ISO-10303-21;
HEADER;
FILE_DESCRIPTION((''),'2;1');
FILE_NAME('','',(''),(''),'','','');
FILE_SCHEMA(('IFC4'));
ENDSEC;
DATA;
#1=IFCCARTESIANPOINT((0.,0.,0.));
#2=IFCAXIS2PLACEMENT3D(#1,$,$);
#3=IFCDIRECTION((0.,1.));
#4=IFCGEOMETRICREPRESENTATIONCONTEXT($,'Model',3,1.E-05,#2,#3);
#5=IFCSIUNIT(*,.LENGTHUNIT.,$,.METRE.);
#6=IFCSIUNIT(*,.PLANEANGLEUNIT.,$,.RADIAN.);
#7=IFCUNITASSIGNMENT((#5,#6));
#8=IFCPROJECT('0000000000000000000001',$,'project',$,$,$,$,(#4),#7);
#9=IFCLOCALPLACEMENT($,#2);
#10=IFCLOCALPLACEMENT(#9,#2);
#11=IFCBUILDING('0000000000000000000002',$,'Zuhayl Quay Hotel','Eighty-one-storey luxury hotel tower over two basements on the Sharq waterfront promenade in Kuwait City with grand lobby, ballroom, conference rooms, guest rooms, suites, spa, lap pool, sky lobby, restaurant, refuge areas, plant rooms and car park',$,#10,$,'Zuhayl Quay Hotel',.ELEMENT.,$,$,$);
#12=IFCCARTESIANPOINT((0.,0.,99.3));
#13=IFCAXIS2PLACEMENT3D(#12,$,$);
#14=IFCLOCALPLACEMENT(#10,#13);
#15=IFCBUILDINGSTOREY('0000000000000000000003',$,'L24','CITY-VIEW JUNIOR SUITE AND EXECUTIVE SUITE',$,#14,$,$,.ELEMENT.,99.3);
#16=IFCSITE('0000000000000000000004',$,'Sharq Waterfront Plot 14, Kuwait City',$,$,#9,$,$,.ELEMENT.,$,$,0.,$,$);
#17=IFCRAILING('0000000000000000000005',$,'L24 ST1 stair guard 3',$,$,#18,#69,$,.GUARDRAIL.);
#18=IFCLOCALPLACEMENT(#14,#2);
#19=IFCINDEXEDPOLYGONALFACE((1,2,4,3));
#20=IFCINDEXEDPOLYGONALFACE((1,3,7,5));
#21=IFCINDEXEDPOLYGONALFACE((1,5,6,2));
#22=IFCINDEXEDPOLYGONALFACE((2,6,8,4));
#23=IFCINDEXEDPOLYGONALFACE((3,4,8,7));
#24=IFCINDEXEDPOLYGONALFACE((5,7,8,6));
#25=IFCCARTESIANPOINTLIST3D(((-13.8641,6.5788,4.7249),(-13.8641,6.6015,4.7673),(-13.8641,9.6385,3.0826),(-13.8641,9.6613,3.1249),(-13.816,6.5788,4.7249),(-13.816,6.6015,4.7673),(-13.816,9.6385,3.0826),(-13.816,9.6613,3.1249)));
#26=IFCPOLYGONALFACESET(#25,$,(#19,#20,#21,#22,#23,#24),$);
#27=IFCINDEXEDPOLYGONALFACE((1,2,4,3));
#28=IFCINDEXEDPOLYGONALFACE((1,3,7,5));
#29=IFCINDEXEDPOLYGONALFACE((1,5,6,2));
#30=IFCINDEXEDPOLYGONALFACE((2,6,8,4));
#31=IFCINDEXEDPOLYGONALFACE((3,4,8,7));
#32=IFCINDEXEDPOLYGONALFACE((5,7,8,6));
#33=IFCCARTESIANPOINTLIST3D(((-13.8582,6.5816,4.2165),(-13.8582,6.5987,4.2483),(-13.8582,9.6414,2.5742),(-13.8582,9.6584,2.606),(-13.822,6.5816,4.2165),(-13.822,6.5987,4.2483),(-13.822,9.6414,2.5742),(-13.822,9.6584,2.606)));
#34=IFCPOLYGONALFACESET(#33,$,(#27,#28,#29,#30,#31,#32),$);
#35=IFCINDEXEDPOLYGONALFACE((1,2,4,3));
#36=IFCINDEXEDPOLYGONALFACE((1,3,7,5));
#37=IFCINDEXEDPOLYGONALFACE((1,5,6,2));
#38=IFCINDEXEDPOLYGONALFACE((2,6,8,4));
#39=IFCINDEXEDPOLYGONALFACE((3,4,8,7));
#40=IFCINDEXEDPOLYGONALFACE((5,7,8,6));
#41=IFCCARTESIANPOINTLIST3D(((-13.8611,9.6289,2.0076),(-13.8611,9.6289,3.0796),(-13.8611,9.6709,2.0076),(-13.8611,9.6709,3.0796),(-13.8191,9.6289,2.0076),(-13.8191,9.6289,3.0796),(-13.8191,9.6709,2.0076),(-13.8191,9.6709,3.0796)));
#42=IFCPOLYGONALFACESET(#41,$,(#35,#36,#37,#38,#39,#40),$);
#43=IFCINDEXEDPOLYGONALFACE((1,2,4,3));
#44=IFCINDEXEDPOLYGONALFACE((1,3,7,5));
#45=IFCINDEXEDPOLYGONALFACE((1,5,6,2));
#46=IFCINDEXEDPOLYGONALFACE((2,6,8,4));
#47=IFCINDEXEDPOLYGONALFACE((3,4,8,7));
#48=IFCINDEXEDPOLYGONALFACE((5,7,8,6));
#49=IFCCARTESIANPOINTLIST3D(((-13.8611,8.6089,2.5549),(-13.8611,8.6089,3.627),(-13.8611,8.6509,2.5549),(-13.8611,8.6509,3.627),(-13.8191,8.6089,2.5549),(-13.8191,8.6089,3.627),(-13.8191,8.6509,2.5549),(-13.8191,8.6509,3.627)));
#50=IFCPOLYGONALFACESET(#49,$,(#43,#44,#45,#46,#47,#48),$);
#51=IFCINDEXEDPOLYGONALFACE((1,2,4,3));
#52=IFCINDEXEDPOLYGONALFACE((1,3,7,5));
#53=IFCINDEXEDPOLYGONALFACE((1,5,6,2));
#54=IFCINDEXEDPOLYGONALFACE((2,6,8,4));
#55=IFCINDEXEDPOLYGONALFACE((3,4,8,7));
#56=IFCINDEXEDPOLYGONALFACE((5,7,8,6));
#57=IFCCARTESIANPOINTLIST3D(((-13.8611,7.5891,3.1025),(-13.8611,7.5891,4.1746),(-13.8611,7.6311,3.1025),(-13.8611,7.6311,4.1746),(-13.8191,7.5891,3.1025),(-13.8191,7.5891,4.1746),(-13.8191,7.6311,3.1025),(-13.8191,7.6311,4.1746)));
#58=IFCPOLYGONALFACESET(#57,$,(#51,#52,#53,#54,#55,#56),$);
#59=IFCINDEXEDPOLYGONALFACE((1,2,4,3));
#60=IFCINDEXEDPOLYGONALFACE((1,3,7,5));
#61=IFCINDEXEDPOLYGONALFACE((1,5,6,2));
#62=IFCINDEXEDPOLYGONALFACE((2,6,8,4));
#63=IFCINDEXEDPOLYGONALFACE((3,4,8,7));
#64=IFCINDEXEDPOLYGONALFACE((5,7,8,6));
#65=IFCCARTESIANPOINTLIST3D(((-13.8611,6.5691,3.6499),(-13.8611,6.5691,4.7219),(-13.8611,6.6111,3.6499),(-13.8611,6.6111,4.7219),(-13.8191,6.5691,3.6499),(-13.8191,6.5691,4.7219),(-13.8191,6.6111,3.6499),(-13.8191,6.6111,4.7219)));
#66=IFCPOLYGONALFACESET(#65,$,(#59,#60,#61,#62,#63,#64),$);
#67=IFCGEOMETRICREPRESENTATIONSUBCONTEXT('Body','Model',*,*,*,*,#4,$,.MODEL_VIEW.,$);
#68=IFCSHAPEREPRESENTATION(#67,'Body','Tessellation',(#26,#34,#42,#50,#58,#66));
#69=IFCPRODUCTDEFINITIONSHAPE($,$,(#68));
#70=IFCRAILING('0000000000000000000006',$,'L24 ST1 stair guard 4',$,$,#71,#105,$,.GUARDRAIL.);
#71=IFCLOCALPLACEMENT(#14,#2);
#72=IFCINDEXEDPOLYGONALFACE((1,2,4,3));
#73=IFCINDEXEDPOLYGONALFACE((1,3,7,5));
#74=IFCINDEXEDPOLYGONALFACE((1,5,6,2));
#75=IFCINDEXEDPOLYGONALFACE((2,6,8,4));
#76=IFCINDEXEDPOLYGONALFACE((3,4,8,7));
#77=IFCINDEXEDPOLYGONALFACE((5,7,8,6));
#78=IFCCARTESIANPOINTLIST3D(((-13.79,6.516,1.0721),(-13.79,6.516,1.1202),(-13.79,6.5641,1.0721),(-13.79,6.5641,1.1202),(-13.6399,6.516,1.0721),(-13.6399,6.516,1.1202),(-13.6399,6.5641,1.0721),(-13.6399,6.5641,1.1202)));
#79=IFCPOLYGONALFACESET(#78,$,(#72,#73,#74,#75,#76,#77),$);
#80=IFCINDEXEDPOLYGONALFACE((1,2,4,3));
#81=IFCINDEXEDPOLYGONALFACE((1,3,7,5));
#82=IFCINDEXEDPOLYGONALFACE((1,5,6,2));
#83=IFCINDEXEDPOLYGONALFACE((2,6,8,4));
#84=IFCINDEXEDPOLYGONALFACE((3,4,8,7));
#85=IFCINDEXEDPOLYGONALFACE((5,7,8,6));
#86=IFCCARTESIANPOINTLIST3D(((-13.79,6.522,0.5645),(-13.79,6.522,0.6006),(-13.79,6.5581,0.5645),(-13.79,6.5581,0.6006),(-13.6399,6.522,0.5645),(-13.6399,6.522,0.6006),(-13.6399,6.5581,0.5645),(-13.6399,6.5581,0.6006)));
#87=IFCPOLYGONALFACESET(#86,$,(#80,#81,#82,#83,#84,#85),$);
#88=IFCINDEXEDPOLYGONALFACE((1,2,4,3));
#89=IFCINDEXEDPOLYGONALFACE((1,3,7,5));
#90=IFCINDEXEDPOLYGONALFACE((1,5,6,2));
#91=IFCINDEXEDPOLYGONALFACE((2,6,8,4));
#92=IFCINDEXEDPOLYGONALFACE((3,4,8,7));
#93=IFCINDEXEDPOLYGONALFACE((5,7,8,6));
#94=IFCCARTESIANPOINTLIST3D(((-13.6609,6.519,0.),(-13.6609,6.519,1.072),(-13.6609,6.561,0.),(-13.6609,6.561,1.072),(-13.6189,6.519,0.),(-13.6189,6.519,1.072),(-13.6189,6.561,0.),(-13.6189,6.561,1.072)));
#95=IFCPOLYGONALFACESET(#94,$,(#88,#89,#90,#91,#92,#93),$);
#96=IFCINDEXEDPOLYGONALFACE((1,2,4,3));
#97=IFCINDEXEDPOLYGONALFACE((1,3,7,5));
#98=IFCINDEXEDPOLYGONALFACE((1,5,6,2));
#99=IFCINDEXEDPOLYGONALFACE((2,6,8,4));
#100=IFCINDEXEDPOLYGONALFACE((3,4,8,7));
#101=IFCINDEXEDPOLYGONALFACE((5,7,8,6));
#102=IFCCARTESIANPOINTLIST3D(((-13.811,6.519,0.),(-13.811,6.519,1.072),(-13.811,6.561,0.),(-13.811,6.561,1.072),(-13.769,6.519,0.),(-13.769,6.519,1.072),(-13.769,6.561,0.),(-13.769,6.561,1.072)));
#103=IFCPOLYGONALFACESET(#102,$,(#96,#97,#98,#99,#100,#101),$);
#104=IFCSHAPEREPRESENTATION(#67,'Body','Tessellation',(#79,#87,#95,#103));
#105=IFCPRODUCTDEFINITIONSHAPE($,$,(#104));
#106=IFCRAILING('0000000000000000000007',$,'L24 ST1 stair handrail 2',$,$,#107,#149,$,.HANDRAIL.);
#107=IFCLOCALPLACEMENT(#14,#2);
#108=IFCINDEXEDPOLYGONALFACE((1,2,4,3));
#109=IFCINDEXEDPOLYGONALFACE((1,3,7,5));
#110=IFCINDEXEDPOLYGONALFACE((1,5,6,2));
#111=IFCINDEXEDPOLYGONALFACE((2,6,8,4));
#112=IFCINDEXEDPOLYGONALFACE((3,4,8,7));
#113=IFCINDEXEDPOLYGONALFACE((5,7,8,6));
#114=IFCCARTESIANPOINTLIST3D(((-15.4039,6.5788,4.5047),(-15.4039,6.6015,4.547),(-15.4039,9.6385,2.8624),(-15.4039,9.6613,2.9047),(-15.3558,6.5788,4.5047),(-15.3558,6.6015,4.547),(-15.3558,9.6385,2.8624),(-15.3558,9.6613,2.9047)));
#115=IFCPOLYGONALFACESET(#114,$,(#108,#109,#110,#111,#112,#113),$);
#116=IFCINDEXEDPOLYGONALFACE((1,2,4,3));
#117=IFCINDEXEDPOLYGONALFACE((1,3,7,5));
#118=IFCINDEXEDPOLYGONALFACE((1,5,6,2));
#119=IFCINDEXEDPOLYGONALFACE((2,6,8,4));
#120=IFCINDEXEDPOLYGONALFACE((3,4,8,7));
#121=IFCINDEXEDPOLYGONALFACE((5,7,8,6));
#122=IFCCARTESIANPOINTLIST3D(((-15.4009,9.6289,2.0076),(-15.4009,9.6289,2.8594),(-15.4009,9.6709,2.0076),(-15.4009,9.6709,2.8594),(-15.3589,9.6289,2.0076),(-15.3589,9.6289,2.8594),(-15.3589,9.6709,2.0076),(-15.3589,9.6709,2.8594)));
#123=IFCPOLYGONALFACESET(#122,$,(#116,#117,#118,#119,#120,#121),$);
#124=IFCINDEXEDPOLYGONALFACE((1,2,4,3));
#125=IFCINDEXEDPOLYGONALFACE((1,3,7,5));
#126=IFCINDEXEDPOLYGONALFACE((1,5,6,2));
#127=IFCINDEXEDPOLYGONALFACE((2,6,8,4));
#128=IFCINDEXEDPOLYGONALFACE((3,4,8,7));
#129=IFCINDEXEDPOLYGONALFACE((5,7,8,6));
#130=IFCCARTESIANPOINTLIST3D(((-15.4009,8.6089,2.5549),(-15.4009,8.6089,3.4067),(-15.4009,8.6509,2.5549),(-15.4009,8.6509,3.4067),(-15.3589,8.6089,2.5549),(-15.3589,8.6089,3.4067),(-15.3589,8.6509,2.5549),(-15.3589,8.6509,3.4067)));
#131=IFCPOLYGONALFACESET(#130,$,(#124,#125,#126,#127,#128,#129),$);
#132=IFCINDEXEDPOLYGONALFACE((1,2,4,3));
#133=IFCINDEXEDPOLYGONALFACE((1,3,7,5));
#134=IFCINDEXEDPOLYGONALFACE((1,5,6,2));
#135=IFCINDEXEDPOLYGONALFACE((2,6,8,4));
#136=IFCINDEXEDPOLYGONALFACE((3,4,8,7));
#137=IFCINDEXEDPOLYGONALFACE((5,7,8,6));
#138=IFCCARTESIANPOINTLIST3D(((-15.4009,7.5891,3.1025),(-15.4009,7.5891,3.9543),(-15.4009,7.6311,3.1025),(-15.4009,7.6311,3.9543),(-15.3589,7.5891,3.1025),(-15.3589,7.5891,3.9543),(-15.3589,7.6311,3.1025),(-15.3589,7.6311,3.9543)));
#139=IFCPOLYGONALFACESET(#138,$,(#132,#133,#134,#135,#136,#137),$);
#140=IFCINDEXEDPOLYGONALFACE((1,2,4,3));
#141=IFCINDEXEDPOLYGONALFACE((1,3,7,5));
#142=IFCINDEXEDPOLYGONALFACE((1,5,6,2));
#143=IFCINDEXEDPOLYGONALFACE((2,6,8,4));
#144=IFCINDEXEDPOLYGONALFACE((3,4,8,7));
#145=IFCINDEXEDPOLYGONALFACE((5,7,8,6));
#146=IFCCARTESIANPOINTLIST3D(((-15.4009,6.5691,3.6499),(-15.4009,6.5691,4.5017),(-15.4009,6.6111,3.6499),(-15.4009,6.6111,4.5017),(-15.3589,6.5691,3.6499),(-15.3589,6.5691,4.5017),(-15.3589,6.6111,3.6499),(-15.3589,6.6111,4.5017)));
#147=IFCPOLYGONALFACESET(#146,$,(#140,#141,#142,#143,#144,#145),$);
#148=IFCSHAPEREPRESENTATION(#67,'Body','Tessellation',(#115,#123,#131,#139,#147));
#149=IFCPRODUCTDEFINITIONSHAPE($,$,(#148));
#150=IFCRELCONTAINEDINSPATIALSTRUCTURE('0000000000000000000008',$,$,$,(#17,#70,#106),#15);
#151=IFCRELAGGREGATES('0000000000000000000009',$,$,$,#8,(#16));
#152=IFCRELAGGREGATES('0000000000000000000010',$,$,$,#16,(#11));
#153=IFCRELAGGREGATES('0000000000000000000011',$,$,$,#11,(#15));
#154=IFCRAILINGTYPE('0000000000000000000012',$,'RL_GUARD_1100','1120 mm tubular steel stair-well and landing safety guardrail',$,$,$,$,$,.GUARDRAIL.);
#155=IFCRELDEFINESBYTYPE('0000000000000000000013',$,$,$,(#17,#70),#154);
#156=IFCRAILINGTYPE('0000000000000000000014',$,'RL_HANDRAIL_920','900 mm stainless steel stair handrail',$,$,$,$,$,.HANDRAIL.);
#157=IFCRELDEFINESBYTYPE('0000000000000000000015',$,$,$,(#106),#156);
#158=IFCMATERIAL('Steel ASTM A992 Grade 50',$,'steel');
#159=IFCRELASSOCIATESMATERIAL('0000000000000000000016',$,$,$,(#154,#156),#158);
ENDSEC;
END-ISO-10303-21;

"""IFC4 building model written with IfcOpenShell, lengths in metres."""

from ifc_helpers import new_model, si_unit, direction, frame, origin, origin_2d, place, context, subcontext, project, spatial, rectangle, extrude, material, type_object, element, save


model = new_model("IFC4")

# Units and contexts
model_context = context("Model", 3, precision=1e-05, world=origin(), true_north=direction((0.0, 1.0)))
body_context = subcontext(model_context, "Body", "Model", "MODEL_VIEW")
ifc_project = project(units=[si_unit("LENGTHUNIT", "METRE"), si_unit("PLANEANGLEUNIT", "RADIAN")], contexts=[model_context])

# Site, building, storey
site_placement = place(None, origin())
site = spatial("IfcSite", under=ifc_project, at=site_placement, Name="Sharq Waterfront Plot 14, Kuwait City", CompositionType="ELEMENT", RefElevation=0.0)
building_placement = place(site_placement, origin())
building = spatial("IfcBuilding", under=site, at=building_placement, Name="Zuhayl Quay Hotel", Description="Eighty-one-storey luxury hotel tower over two basements on the Sharq waterfront promenade in Kuwait City with grand lobby, ballroom, conference rooms, guest rooms, suites, spa, lap pool, sky lobby, restaurant, refuge areas, plant rooms and car park", LongName="Zuhayl Quay Hotel", CompositionType="ELEMENT")
storey_placement = place(building_placement, frame((0.0, 0.0, 99.3)))
storey = spatial("IfcBuildingStorey", under=building, at=storey_placement, Name="L24", Description="CITY-VIEW JUNIOR SUITE AND EXECUTIVE SUITE", CompositionType="ELEMENT", Elevation=99.3)

# Shared definitions
ifc_material_1 = material(Name="Steel ASTM A992 Grade 50", Category="steel")

# Railings
railing_type_1 = type_object("IfcRailingType", Name="RL_GUARD_1100", Description="1120 mm tubular steel stair-well and landing safety guardrail", PredefinedType="GUARDRAIL", material=ifc_material_1)
railing_1_placement = place(storey_placement, frame((-13.8401, 9.6499, 2.0076)))
element("IfcRailing", 1, at=railing_1_placement, inside=storey, type_object=railing_type_1, Name="L24 ST1 stair guard 3", PredefinedType="GUARDRAIL", context=body_context, shape_type="SweptSolid", body=[
    extrude(rectangle(XDim=0.0481, YDim=0.0481, at=origin_2d()), frame((0.0, 0.0, 1.0962), z_axis=(0.0, -0.881102, 0.472926), x_axis=(1.0, 0.0, 0.0)), (0.0, 0.0, 1.0), 3.4727),
    extrude(rectangle(XDim=0.0361, YDim=0.0361, at=origin_2d()), frame((0.0, 0.0, 0.5825), z_axis=(0.0, -0.881102, 0.472926), x_axis=(1.0, 0.0, 0.0)), (0.0, 0.0, 1.0), 3.4727),
    extrude(rectangle(XDim=0.042, YDim=0.042, at=origin_2d()), origin(), (0.0, 0.0, 1.0), 1.072),
    extrude(rectangle(XDim=0.042, YDim=0.042, at=origin_2d()), frame((0.0, -1.02, 0.5474)), (0.0, 0.0, 1.0), 1.072),
    extrude(rectangle(XDim=0.042, YDim=0.042, at=origin_2d()), frame((0.0, -2.0398, 1.095)), (0.0, 0.0, 1.0), 1.072),
    extrude(rectangle(XDim=0.042, YDim=0.042, at=origin_2d()), frame((0.0, -3.0598, 1.6423)), (0.0, 0.0, 1.0), 1.072),
])
railing_2_placement = place(storey_placement, frame((-13.6399, 6.54, 0.0)))
element("IfcRailing", 2, at=railing_2_placement, inside=storey, type_object=railing_type_1, Name="L24 ST1 stair guard 4", PredefinedType="GUARDRAIL", context=body_context, shape_type="SweptSolid", body=[
    extrude(rectangle(XDim=0.0481, YDim=0.0481, at=origin_2d()), frame((0.0, 0.0, 1.0962), z_axis=(-1.0, 0.0, 0.0), x_axis=(0.0, -1.0, 0.0)), (0.0, 0.0, 1.0), 0.1501),
    extrude(rectangle(XDim=0.0361, YDim=0.0361, at=origin_2d()), frame((0.0, 0.0, 0.5825), z_axis=(-1.0, 0.0, 0.0), x_axis=(0.0, -1.0, 0.0)), (0.0, 0.0, 1.0), 0.1501),
    extrude(rectangle(XDim=0.042, YDim=0.042, at=origin_2d()), origin(), (0.0, 0.0, 1.0), 1.072),
    extrude(rectangle(XDim=0.042, YDim=0.042, at=origin_2d()), frame((-0.1501, 0.0, 0.0)), (0.0, 0.0, 1.0), 1.072),
])
railing_type_2 = type_object("IfcRailingType", Name="RL_HANDRAIL_920", Description="900 mm stainless steel stair handrail", PredefinedType="HANDRAIL", material=ifc_material_1)
railing_3_placement = place(storey_placement, frame((-15.3799, 9.6499, 2.0076)))
element("IfcRailing", 3, at=railing_3_placement, inside=storey, type_object=railing_type_2, Name="L24 ST1 stair handrail 2", PredefinedType="HANDRAIL", context=body_context, shape_type="SweptSolid", body=[
    extrude(rectangle(XDim=0.0481, YDim=0.0481, at=origin_2d()), frame((0.0, 0.0, 0.876), z_axis=(0.0, -0.881102, 0.472926), x_axis=(1.0, 0.0, 0.0)), (0.0, 0.0, 1.0), 3.4727),
    extrude(rectangle(XDim=0.042, YDim=0.042, at=origin_2d()), origin(), (0.0, 0.0, 1.0), 0.8518),
    extrude(rectangle(XDim=0.042, YDim=0.042, at=origin_2d()), frame((0.0, -1.02, 0.5474)), (0.0, 0.0, 1.0), 0.8518),
    extrude(rectangle(XDim=0.042, YDim=0.042, at=origin_2d()), frame((0.0, -2.0398, 1.095)), (0.0, 0.0, 1.0), 0.8518),
    extrude(rectangle(XDim=0.042, YDim=0.042, at=origin_2d()), frame((0.0, -3.0598, 1.6423)), (0.0, 0.0, 1.0), 0.8518),
])

save(model, "model.ifc")
